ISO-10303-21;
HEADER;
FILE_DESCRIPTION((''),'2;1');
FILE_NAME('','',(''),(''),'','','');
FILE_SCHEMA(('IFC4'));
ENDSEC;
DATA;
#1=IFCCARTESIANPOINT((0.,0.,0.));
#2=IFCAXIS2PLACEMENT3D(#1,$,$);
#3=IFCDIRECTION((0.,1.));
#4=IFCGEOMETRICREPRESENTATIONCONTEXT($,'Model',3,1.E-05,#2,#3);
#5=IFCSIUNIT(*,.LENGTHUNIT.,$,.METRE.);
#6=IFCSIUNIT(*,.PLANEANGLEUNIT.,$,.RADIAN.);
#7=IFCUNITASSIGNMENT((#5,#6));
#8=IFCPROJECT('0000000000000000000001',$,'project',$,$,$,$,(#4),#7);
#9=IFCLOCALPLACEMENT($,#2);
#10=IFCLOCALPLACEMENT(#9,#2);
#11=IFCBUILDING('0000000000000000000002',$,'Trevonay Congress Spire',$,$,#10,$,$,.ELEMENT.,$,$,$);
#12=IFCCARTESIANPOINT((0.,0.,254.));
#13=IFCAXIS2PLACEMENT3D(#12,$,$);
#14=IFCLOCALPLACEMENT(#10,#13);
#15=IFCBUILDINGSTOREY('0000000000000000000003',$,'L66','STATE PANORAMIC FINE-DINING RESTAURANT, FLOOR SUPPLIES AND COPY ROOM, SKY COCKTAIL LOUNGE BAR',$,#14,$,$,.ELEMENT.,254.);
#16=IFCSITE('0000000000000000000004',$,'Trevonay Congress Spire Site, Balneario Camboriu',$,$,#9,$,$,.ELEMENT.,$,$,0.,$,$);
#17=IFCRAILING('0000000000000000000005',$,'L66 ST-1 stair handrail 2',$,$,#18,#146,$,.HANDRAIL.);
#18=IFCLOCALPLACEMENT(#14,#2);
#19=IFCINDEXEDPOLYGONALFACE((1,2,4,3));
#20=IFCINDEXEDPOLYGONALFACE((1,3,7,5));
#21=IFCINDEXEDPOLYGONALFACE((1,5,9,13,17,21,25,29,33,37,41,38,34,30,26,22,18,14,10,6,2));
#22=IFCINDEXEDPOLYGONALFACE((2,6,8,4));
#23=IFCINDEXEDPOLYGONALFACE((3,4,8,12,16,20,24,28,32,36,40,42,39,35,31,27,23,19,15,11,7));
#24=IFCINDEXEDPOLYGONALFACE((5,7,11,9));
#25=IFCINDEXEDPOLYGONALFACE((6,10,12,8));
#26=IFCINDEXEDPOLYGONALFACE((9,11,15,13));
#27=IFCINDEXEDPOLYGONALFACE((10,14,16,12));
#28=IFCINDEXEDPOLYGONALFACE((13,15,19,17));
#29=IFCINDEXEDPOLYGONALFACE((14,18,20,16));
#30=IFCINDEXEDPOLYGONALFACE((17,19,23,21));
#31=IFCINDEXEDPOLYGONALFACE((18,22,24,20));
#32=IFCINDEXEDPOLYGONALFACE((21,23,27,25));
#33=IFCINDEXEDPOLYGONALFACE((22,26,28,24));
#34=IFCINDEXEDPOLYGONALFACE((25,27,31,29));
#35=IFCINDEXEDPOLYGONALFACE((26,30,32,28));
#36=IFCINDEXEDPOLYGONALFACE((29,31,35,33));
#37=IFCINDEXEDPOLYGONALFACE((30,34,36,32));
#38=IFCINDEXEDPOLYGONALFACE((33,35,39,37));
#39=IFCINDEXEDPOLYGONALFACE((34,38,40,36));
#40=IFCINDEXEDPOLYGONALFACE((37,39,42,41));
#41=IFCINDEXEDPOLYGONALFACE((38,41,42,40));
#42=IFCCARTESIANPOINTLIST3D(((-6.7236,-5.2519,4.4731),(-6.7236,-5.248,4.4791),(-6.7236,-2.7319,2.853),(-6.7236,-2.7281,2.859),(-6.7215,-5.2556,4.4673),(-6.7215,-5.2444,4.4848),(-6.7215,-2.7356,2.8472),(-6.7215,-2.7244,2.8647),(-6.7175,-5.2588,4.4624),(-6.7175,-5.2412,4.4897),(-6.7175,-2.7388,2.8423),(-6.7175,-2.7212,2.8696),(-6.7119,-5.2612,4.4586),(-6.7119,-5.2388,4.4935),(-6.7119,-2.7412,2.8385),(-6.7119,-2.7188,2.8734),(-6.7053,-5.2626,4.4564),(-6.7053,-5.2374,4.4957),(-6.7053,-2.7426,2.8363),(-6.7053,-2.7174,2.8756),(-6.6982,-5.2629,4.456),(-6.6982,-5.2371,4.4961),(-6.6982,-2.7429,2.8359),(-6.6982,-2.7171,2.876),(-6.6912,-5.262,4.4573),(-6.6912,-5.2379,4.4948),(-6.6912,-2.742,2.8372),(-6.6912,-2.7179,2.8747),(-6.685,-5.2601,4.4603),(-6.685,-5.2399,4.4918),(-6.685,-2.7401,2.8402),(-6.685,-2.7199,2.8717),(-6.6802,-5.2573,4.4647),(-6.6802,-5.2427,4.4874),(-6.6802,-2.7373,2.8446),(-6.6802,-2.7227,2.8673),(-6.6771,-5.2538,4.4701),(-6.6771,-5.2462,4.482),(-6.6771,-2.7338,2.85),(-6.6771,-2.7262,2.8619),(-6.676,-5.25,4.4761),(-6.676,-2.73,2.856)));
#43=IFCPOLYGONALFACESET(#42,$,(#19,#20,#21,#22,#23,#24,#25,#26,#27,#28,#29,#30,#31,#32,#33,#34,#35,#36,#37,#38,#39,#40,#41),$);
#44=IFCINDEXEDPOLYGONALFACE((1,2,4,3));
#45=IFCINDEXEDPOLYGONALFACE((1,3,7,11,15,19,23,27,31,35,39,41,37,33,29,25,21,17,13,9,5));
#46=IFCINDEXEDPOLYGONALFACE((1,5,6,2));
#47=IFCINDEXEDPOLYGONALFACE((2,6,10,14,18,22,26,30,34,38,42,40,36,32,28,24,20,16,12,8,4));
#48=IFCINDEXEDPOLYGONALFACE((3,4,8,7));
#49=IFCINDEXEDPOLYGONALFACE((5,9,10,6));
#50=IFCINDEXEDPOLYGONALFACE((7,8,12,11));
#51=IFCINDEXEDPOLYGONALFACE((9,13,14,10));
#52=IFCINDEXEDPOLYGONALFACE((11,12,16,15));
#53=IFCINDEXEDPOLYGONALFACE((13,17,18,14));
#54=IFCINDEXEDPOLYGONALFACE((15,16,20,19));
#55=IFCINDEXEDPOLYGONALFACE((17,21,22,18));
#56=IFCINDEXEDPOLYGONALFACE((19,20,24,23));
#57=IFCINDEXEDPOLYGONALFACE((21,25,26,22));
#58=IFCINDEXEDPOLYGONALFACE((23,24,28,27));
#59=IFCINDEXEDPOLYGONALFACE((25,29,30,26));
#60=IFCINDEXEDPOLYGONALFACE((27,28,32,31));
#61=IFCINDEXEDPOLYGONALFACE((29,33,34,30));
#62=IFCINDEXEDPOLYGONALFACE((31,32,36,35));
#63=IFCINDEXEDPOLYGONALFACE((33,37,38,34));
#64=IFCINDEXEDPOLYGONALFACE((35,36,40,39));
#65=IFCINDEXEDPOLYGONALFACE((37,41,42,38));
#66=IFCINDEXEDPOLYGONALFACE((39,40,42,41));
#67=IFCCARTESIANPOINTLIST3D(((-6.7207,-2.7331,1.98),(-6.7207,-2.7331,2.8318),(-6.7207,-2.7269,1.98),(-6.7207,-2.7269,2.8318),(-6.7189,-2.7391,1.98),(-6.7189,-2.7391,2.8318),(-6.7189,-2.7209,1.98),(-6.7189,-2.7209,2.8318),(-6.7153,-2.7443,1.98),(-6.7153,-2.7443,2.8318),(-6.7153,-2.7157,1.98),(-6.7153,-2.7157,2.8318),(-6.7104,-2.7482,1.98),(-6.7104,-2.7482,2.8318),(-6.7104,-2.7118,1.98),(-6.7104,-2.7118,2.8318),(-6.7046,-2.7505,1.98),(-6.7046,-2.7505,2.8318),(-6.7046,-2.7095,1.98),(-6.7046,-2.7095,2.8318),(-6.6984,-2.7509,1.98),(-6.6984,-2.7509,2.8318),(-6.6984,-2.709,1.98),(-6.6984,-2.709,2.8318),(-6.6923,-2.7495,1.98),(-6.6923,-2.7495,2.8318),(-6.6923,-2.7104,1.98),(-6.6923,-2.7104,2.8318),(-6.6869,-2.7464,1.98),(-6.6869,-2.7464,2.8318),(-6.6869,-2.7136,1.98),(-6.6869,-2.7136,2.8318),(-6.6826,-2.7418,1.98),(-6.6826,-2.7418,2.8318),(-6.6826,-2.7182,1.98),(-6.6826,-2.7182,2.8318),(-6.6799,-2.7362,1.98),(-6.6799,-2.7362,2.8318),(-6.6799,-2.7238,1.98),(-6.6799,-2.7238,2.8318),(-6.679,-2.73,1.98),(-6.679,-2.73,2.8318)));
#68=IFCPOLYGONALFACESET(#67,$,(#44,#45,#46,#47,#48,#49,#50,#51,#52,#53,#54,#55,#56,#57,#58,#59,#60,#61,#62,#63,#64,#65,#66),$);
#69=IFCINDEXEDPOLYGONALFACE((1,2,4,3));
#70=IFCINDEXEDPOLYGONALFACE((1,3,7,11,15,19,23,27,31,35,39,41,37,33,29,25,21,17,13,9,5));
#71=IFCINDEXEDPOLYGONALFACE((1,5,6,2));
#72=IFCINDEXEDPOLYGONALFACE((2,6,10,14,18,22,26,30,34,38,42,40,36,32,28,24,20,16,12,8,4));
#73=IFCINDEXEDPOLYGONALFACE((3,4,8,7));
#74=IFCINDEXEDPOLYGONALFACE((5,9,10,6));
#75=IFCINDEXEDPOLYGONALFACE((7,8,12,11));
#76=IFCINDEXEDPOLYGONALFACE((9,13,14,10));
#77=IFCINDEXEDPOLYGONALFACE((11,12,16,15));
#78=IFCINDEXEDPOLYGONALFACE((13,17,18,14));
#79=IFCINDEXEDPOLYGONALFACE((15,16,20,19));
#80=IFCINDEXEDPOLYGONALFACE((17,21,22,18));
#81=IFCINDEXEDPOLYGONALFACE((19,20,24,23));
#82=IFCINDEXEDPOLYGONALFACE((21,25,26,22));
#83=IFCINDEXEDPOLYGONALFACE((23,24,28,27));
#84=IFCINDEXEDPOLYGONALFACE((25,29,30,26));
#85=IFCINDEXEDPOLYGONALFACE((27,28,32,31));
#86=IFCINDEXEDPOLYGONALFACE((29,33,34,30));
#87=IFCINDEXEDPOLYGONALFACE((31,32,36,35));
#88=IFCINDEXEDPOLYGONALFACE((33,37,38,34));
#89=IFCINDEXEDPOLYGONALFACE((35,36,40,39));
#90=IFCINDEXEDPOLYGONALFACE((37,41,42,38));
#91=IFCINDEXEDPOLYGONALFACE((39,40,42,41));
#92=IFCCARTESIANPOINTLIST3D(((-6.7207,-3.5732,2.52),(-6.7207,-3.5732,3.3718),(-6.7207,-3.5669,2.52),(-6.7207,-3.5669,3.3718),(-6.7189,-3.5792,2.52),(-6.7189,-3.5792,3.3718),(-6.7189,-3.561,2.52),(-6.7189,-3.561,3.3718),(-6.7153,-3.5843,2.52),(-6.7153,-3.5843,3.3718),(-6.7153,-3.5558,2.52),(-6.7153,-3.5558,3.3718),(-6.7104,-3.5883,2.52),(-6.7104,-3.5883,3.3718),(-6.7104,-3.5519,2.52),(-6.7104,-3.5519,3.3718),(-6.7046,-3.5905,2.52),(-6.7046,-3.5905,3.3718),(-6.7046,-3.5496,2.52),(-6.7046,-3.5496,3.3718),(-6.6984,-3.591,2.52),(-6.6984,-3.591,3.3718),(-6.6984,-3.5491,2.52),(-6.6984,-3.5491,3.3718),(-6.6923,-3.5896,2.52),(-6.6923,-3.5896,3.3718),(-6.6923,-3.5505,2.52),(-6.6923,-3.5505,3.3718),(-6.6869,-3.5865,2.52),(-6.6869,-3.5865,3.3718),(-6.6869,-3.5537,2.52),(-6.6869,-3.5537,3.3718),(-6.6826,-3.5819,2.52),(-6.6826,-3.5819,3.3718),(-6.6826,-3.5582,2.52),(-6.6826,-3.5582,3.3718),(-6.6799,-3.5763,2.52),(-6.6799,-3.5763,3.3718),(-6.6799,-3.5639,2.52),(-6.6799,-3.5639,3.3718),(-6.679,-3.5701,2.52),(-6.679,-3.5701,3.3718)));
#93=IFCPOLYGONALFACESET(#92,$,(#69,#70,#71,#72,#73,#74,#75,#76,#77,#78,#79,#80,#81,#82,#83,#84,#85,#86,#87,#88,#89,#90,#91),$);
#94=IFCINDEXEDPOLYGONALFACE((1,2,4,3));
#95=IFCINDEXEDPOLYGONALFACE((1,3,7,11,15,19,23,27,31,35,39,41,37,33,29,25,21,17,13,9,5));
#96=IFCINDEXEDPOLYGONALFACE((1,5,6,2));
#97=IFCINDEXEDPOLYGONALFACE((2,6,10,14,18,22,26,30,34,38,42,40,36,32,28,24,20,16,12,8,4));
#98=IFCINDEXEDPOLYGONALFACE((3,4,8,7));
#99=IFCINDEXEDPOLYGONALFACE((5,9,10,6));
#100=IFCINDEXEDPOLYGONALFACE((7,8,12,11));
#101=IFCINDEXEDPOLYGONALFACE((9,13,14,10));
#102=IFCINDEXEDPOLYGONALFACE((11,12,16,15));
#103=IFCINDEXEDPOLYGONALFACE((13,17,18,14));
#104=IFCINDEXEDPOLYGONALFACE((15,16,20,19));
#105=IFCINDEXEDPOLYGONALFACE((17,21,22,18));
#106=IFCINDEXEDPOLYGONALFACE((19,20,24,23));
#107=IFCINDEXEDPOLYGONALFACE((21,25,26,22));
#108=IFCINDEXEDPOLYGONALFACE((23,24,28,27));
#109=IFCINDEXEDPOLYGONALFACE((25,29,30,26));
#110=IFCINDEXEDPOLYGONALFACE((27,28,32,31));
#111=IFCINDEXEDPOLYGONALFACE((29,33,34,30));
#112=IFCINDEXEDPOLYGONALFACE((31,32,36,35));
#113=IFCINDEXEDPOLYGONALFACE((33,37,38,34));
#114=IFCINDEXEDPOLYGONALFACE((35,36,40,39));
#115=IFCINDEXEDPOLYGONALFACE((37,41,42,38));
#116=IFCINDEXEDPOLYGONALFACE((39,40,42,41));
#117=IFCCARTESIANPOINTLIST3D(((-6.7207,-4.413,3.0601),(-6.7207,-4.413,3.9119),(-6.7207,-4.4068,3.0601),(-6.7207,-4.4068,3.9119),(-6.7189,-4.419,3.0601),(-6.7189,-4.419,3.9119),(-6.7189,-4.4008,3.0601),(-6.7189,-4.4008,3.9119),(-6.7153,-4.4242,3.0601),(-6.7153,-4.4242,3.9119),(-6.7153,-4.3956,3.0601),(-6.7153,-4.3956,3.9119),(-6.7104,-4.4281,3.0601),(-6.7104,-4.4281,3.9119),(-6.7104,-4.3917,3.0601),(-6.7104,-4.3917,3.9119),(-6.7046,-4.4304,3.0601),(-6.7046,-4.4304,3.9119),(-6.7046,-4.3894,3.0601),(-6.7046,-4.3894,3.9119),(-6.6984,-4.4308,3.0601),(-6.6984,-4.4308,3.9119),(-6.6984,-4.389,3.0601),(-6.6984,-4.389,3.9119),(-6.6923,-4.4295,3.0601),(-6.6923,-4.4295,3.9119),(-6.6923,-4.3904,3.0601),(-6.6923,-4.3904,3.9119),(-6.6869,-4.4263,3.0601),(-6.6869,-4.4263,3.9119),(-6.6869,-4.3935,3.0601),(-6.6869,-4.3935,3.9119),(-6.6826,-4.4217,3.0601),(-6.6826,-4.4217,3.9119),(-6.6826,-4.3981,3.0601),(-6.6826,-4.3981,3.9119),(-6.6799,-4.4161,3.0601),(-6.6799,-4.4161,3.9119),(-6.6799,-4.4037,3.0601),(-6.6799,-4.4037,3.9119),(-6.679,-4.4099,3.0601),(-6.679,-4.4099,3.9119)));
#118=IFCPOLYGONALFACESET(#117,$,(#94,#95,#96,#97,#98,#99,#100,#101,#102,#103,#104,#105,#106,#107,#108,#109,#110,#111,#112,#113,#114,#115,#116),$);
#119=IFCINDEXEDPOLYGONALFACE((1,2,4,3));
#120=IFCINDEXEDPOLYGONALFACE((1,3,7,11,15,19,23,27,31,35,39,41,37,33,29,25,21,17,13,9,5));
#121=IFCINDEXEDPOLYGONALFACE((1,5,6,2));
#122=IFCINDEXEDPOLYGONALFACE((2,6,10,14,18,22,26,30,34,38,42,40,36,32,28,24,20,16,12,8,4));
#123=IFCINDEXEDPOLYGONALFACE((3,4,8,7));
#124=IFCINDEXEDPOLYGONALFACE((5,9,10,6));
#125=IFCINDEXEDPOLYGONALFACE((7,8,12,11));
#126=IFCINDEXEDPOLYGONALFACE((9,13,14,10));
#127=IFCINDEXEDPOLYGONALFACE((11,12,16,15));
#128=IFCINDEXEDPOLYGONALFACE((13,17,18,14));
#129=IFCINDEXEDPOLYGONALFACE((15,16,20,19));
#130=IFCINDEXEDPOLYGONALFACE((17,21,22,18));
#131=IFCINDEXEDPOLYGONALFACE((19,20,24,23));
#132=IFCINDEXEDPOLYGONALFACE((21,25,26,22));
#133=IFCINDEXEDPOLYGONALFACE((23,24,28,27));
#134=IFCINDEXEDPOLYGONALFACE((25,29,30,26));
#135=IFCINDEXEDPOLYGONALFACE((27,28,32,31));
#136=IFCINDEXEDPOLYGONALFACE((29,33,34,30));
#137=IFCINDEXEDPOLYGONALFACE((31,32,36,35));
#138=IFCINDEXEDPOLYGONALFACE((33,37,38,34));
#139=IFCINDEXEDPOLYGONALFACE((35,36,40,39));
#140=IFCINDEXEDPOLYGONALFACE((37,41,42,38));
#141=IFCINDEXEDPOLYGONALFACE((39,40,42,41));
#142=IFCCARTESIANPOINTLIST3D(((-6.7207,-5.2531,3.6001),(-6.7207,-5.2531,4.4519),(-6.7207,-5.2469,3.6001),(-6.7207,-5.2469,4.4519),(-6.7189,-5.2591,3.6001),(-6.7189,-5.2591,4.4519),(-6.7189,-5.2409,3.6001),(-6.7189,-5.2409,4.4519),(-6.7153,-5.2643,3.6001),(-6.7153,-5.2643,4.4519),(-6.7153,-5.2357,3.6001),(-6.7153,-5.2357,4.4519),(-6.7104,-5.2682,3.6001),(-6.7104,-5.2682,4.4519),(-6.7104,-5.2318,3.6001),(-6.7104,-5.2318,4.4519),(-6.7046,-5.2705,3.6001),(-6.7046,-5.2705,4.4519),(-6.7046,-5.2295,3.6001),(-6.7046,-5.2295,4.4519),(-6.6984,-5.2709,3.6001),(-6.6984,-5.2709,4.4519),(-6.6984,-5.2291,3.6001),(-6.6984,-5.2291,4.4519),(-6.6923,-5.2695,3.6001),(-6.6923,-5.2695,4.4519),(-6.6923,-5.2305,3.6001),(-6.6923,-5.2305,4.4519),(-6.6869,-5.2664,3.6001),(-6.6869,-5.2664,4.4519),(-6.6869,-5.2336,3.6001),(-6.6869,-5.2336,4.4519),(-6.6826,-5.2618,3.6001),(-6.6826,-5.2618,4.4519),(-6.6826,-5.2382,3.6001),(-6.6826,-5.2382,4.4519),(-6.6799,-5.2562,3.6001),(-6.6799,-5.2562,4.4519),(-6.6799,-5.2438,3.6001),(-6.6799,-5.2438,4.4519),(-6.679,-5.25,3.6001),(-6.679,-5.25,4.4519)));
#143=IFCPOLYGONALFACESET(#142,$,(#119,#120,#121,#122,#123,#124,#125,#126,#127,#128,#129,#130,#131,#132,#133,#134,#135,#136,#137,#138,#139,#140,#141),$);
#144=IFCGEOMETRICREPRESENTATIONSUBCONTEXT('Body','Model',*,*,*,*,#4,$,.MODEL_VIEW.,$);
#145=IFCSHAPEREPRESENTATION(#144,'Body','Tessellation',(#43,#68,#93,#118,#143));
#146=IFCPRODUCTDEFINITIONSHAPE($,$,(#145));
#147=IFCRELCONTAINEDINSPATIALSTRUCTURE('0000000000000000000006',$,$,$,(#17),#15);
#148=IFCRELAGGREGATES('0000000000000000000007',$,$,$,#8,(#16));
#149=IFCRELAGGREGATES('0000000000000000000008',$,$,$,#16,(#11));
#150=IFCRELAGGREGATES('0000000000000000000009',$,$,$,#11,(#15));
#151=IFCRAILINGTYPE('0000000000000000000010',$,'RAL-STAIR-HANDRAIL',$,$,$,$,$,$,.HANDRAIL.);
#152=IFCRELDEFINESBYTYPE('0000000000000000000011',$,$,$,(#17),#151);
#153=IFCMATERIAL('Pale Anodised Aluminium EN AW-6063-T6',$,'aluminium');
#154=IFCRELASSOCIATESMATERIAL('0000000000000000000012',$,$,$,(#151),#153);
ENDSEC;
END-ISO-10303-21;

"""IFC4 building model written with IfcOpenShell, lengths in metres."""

from ifc_helpers import new_model, si_unit, direction, frame, origin, origin_2d, place, context, subcontext, project, spatial, circle, extrude, material, type_object, element, save


model = new_model("IFC4")

# Units and contexts
model_context = context("Model", 3, precision=1e-05, world=origin(), true_north=direction((0.0, 1.0)))
body_context = subcontext(model_context, "Body", "Model", "MODEL_VIEW")
ifc_project = project(units=[si_unit("LENGTHUNIT", "METRE"), si_unit("PLANEANGLEUNIT", "RADIAN")], contexts=[model_context])

# Site, building, storey
site_placement = place(None, origin())
site = spatial("IfcSite", under=ifc_project, at=site_placement, Name="Trevonay Congress Spire Site, Balneario Camboriu", CompositionType="ELEMENT", RefElevation=0.0)
building_placement = place(site_placement, origin())
building = spatial("IfcBuilding", under=site, at=building_placement, Name="Trevonay Congress Spire", CompositionType="ELEMENT")
storey_placement = place(building_placement, frame((0.0, 0.0, 254.0)))
storey = spatial("IfcBuildingStorey", under=building, at=storey_placement, Name="L66", Description="STATE PANORAMIC FINE-DINING RESTAURANT, FLOOR SUPPLIES AND COPY ROOM, SKY COCKTAIL LOUNGE BAR", CompositionType="ELEMENT", Elevation=254.0)

# Railing
ifc_material_1 = material(Name="Pale Anodised Aluminium EN AW-6063-T6", Category="aluminium")
railing_type_1 = type_object("IfcRailingType", Name="RAL-STAIR-HANDRAIL", PredefinedType="HANDRAIL", material=ifc_material_1)
railing_1_placement = place(storey_placement, frame((-6.7, -2.73, 1.98)))
element("IfcRailing", 1, at=railing_1_placement, inside=storey, type_object=railing_type_1, Name="L66 ST-1 stair handrail 2", PredefinedType="HANDRAIL", context=body_context, shape_type="SweptSolid", body=[
    extrude(circle(Radius=0.0239, at=origin_2d()), frame((0.0, 0.0, 0.876), z_axis=(0.0, -0.841163, 0.540782), x_axis=(1.0, 0.0, 0.0)), (0.0, 0.0, 1.0), 2.9958),
    extrude(circle(Radius=0.021, at=origin_2d()), origin(), (0.0, 0.0, 1.0), 0.8518),
    extrude(circle(Radius=0.021, at=origin_2d()), frame((0.0, -0.8401, 0.54)), (0.0, 0.0, 1.0), 0.8518),
    extrude(circle(Radius=0.021, at=origin_2d()), frame((0.0, -1.6799, 1.0801)), (0.0, 0.0, 1.0), 0.8518),
    extrude(circle(Radius=0.021, at=origin_2d()), frame((0.0, -2.52, 1.6201)), (0.0, 0.0, 1.0), 0.8518),
])

save(model, "model.ifc")
